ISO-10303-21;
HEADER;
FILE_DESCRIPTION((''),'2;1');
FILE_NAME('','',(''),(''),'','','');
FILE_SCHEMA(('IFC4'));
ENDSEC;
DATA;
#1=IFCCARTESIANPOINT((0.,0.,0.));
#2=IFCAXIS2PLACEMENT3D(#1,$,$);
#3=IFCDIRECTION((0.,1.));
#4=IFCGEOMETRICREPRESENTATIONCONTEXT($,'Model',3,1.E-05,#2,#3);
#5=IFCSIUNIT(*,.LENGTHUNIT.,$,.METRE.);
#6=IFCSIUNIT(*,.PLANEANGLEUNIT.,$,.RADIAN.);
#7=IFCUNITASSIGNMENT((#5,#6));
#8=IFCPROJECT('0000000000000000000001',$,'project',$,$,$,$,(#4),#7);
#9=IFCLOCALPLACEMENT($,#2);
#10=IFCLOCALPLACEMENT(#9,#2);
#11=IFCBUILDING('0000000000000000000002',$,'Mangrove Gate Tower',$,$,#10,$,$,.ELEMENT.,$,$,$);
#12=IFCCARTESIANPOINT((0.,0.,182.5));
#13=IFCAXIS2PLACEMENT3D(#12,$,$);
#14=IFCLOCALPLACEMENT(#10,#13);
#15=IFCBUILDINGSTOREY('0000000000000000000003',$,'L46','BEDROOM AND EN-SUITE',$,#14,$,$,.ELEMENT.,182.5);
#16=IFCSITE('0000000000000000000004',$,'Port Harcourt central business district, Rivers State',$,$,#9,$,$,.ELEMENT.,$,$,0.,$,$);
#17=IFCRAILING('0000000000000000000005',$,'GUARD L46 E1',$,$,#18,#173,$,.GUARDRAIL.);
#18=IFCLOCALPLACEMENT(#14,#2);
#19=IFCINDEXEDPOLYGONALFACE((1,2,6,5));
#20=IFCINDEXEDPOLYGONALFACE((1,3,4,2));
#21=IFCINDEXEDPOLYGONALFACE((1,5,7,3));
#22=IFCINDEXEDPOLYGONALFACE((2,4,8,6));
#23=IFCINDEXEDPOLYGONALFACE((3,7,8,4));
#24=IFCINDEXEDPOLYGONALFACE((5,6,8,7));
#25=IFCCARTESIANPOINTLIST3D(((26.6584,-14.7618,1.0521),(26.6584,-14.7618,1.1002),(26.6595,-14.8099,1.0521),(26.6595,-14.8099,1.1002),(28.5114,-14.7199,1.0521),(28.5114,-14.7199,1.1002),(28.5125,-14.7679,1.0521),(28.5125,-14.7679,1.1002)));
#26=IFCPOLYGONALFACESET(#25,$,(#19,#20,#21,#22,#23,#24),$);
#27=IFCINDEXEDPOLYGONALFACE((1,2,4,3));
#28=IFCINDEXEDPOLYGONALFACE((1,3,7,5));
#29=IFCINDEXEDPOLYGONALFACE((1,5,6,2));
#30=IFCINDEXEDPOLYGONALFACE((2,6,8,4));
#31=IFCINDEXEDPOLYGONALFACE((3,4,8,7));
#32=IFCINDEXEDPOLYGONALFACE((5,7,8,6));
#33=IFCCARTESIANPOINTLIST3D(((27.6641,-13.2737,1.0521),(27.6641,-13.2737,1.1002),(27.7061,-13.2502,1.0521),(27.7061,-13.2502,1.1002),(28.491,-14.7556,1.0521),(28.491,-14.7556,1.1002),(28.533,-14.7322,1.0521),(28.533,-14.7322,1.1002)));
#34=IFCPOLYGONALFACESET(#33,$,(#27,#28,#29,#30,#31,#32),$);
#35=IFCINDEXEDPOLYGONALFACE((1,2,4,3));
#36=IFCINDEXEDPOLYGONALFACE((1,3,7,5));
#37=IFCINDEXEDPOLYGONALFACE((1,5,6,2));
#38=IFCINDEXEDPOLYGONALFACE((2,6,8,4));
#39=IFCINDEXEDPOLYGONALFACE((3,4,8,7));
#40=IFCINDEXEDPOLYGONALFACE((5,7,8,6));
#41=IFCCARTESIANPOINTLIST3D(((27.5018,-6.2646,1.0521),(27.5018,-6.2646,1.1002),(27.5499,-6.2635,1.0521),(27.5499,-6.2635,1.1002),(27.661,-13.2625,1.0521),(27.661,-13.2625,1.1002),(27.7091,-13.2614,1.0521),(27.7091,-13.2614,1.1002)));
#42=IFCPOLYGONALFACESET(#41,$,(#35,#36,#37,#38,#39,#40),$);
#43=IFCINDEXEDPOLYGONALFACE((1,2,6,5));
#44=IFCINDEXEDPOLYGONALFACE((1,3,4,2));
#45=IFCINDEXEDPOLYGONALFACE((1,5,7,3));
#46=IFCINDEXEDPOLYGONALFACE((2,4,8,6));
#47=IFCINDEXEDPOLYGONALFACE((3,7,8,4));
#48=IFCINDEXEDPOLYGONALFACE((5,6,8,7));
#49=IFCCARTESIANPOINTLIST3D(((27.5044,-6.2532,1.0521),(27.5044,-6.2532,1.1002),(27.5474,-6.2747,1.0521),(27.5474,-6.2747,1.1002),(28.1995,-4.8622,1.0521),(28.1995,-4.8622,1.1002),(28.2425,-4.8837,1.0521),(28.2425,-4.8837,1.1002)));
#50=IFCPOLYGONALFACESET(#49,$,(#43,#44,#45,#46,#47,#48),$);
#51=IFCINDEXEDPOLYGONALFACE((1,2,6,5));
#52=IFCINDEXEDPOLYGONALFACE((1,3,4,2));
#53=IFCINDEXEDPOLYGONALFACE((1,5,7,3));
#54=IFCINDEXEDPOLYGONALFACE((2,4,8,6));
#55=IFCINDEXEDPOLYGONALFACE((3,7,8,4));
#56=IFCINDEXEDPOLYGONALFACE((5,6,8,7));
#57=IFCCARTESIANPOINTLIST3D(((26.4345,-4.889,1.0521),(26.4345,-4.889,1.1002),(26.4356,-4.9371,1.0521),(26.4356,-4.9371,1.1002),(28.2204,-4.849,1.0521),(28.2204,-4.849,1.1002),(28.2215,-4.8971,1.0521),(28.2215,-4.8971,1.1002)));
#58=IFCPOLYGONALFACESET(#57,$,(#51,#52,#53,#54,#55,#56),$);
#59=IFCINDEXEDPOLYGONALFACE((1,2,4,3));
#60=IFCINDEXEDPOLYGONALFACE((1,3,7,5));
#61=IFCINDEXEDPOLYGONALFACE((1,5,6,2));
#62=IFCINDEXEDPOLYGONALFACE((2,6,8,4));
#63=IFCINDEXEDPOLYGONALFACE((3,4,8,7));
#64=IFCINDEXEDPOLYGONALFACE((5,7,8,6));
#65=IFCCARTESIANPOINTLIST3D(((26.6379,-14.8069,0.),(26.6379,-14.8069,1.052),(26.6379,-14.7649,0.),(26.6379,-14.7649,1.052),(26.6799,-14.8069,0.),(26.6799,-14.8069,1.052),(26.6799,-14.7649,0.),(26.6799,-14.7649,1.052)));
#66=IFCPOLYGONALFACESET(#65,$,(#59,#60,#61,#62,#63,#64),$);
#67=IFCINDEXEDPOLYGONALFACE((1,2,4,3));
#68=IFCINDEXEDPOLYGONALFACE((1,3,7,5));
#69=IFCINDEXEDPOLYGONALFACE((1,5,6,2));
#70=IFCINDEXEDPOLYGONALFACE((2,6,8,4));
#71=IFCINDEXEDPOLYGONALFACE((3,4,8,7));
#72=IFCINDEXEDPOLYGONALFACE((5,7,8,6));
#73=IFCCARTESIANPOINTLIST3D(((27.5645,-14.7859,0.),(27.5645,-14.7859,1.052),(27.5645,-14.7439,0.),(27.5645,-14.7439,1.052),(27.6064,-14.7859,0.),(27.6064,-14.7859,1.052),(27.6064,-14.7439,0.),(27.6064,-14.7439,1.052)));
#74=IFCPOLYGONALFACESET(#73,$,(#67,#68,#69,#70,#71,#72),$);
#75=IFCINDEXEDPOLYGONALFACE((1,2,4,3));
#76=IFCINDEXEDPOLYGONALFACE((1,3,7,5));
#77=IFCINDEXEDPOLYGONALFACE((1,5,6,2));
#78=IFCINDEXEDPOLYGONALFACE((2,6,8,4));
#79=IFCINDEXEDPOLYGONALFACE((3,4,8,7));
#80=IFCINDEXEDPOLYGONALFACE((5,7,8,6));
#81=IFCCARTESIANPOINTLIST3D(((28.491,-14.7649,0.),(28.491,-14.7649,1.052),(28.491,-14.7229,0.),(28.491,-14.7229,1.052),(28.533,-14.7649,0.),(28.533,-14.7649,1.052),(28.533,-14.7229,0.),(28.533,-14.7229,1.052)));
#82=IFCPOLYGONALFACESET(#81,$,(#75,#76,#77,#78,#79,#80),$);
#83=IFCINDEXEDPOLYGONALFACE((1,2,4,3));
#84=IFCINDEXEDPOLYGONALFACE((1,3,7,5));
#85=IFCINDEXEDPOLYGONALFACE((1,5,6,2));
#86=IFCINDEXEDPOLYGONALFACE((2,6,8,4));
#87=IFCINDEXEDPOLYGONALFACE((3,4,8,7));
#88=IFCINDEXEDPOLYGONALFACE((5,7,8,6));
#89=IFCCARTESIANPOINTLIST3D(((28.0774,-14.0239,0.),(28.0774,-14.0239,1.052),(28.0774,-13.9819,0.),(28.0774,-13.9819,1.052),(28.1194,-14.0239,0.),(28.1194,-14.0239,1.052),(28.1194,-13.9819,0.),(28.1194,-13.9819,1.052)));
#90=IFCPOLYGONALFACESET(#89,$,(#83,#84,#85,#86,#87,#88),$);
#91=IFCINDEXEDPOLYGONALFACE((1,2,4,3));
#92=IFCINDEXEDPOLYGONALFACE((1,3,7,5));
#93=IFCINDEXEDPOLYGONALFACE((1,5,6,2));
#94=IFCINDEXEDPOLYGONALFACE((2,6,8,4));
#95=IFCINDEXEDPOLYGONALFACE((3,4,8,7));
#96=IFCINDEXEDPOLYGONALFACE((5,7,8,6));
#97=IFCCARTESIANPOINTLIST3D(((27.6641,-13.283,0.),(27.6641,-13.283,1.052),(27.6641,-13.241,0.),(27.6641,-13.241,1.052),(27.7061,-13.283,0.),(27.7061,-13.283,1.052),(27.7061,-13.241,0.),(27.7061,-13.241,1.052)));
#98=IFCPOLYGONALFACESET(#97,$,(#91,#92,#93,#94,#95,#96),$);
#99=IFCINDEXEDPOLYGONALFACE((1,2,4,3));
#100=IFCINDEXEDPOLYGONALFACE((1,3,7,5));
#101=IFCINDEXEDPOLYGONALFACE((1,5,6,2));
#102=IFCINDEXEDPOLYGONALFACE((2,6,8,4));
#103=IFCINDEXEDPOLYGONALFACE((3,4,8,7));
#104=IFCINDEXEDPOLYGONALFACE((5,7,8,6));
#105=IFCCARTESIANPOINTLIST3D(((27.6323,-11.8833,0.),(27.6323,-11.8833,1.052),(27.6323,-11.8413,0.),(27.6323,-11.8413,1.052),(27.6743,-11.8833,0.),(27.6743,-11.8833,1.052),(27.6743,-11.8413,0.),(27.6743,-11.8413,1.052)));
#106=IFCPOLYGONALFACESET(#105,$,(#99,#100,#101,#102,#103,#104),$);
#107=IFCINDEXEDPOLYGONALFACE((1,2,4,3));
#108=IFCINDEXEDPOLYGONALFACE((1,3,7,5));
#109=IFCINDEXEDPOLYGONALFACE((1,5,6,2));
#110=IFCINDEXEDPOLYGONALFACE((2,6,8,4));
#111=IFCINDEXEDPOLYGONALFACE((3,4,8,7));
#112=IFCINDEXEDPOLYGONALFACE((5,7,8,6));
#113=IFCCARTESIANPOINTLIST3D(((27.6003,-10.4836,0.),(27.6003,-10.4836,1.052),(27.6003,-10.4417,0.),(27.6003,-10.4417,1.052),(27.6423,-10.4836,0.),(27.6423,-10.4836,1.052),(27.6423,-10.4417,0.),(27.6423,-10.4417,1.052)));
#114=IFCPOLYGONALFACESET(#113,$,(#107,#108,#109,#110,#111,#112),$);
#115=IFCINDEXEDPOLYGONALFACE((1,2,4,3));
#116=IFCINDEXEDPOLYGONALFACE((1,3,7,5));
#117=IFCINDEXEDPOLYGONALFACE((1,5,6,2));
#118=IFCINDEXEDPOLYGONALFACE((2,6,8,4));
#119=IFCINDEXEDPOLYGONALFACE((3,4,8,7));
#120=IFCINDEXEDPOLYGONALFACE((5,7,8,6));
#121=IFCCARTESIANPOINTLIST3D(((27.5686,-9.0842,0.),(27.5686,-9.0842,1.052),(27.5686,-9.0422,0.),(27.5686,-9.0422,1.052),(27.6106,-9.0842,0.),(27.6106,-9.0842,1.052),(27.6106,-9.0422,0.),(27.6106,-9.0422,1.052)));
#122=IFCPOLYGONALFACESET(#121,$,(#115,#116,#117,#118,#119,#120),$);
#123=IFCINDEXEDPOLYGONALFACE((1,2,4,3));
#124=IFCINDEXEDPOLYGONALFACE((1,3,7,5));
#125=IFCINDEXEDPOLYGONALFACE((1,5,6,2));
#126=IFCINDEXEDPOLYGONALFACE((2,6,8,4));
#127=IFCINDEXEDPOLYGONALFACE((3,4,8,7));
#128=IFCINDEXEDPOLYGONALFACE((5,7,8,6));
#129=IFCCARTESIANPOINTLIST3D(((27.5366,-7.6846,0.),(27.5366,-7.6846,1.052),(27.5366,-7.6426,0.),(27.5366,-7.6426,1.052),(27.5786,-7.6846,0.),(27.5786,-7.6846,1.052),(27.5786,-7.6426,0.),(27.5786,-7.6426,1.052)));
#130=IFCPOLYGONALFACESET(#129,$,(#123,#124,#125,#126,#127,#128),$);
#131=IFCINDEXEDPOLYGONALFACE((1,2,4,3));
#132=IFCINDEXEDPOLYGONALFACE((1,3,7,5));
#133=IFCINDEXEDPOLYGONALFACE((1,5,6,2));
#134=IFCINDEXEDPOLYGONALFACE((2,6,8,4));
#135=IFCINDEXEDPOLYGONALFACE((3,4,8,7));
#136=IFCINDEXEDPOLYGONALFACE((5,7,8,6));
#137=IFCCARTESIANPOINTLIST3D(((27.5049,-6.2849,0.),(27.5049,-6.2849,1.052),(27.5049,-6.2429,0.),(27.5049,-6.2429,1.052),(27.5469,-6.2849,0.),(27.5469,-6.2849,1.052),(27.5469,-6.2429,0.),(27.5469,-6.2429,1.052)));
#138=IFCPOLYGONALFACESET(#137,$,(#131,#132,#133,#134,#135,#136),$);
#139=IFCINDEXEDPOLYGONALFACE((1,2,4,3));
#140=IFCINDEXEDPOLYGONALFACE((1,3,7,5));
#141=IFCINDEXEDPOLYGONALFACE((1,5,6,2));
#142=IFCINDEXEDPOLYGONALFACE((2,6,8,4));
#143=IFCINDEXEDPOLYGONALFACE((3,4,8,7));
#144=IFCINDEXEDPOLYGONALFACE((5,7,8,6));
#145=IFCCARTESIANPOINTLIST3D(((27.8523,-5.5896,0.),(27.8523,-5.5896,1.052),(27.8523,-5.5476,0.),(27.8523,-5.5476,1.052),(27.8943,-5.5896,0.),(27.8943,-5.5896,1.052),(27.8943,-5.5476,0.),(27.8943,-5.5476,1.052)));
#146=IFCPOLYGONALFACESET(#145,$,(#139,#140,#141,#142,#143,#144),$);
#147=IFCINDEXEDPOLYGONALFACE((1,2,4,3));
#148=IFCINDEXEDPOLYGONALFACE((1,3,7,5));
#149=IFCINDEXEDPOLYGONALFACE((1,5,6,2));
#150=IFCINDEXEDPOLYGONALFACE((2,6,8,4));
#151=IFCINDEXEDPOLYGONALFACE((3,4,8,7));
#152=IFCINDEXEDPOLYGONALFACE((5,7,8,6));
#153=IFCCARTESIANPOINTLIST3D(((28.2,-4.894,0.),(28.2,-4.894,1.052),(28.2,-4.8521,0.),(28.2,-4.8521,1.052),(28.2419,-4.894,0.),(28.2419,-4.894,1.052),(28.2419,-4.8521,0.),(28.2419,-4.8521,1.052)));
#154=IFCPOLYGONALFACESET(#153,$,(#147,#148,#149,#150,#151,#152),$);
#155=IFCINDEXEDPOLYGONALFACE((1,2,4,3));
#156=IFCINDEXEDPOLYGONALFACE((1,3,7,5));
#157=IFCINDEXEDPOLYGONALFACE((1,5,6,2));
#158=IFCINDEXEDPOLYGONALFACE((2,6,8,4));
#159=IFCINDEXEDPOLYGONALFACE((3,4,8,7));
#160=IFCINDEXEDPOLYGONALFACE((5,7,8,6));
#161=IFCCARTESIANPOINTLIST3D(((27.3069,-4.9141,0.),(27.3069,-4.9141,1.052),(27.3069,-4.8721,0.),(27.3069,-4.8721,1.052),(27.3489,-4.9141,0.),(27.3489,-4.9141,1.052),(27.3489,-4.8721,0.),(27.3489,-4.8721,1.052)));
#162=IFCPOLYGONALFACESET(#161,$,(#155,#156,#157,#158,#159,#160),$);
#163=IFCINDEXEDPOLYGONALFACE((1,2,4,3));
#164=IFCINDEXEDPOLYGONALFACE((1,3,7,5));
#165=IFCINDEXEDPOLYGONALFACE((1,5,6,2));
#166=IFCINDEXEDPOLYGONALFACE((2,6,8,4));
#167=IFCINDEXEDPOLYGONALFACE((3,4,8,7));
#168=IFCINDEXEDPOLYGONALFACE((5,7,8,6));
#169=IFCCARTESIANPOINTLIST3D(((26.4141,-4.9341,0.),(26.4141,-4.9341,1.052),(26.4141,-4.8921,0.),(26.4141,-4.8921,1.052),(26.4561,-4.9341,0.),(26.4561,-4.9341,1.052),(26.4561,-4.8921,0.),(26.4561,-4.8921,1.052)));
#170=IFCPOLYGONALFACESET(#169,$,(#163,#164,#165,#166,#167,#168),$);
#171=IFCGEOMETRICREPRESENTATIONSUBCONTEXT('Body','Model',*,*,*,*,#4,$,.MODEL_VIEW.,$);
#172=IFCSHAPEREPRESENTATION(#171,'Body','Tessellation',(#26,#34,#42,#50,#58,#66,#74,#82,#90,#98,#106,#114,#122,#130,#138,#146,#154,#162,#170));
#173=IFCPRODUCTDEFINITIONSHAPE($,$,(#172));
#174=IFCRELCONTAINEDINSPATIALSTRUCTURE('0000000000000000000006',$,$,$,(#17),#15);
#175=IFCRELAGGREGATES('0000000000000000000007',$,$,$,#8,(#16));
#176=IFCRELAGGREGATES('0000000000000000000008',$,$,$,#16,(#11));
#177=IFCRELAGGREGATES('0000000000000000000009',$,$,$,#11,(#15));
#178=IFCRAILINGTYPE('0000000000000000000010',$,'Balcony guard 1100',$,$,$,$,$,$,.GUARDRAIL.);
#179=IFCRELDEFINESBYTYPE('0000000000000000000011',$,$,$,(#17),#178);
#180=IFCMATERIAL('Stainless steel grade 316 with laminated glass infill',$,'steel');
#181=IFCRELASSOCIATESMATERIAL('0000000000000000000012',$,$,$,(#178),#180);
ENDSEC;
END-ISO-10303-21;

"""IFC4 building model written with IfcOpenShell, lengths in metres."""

from ifc_helpers import new_model, si_unit, direction, frame, origin, origin_2d, place, context, subcontext, project, spatial, rectangle, extrude, material, type_object, element, save


model = new_model("IFC4")

# Units and contexts
model_context = context("Model", 3, precision=1e-05, world=origin(), true_north=direction((0.0, 1.0)))
body_context = subcontext(model_context, "Body", "Model", "MODEL_VIEW")
ifc_project = project(units=[si_unit("LENGTHUNIT", "METRE"), si_unit("PLANEANGLEUNIT", "RADIAN")], contexts=[model_context])

# Site, building, storey
site_placement = place(None, origin())
site = spatial("IfcSite", under=ifc_project, at=site_placement, Name="Port Harcourt central business district, Rivers State", CompositionType="ELEMENT", RefElevation=0.0)
building_placement = place(site_placement, origin())
building = spatial("IfcBuilding", under=site, at=building_placement, Name="Mangrove Gate Tower", CompositionType="ELEMENT")
storey_placement = place(building_placement, frame((0.0, 0.0, 182.5)))
storey = spatial("IfcBuildingStorey", under=building, at=storey_placement, Name="L46", Description="BEDROOM AND EN-SUITE", CompositionType="ELEMENT", Elevation=182.5)

# Railing
ifc_material_1 = material(Name="Stainless steel grade 316 with laminated glass infill", Category="steel")
railing_type = type_object("IfcRailingType", Name="Balcony guard 1100", PredefinedType="GUARDRAIL", material=ifc_material_1)
railing_placement = place(storey_placement, frame((26.6589, -14.7859, 0.0)))
element("IfcRailing", 1, at=railing_placement, inside=storey, type_object=railing_type, Name="GUARD L46 E1", PredefinedType="GUARDRAIL", context=body_context, shape_type="SweptSolid", body=[
    extrude(rectangle(XDim=0.0481, YDim=0.0481, at=origin_2d()), frame((0.0, 0.0, 1.0762), z_axis=(0.999743, 0.022656, 0.0), x_axis=(-0.022656, 0.999743, 0.0)), (0.0, 0.0, 1.0), 1.8535),
    extrude(rectangle(XDim=0.0481, YDim=0.0481, at=origin_2d()), frame((1.853, 0.042, 1.0762), z_axis=(-0.487267, 0.873253, 0.0), x_axis=(-0.873253, -0.487267, 0.0)), (0.0, 0.0, 1.0), 1.697),
    extrude(rectangle(XDim=0.0481, YDim=0.0481, at=origin_2d()), frame((1.0261, 1.5239, 1.0762), z_axis=(-0.02274, 0.999741, 0.0), x_axis=(-0.999741, -0.02274, 0.0)), (0.0, 0.0, 1.0), 6.9998),
    extrude(rectangle(XDim=0.0481, YDim=0.0481, at=origin_2d()), frame((0.8669, 8.522, 1.0762), z_axis=(0.447025, 0.894521, 0.0), x_axis=(-0.894521, 0.447025, 0.0)), (0.0, 0.0, 1.0), 1.5549),
    extrude(rectangle(XDim=0.0481, YDim=0.0481, at=origin_2d()), frame((1.562, 9.9128, 1.0762), z_axis=(-0.999749, -0.022414, 0.0), x_axis=(0.022414, -0.999749, 0.0)), (0.0, 0.0, 1.0), 1.7864),
    extrude(rectangle(XDim=0.042, YDim=0.042, at=origin_2d()), origin(), (0.0, 0.0, 1.0), 1.052),
    extrude(rectangle(XDim=0.042, YDim=0.042, at=origin_2d()), frame((0.9265, 0.021, 0.0)), (0.0, 0.0, 1.0), 1.052),
    extrude(rectangle(XDim=0.042, YDim=0.042, at=origin_2d()), frame((1.853, 0.042, 0.0)), (0.0, 0.0, 1.0), 1.052),
    extrude(rectangle(XDim=0.042, YDim=0.042, at=origin_2d()), frame((1.4395, 0.783, 0.0)), (0.0, 0.0, 1.0), 1.052),
    extrude(rectangle(XDim=0.042, YDim=0.042, at=origin_2d()), frame((1.0261, 1.5239, 0.0)), (0.0, 0.0, 1.0), 1.052),
    extrude(rectangle(XDim=0.042, YDim=0.042, at=origin_2d()), frame((0.9944, 2.9236, 0.0)), (0.0, 0.0, 1.0), 1.052),
    extrude(rectangle(XDim=0.042, YDim=0.042, at=origin_2d()), frame((0.9624, 4.3232, 0.0)), (0.0, 0.0, 1.0), 1.052),
    extrude(rectangle(XDim=0.042, YDim=0.042, at=origin_2d()), frame((0.9307, 5.7227, 0.0)), (0.0, 0.0, 1.0), 1.052),
    extrude(rectangle(XDim=0.042, YDim=0.042, at=origin_2d()), frame((0.8987, 7.1223, 0.0)), (0.0, 0.0, 1.0), 1.052),
    extrude(rectangle(XDim=0.042, YDim=0.042, at=origin_2d()), frame((0.8669, 8.522, 0.0)), (0.0, 0.0, 1.0), 1.052),
    extrude(rectangle(XDim=0.042, YDim=0.042, at=origin_2d()), frame((1.2144, 9.2173, 0.0)), (0.0, 0.0, 1.0), 1.052),
    extrude(rectangle(XDim=0.042, YDim=0.042, at=origin_2d()), frame((1.562, 9.9128, 0.0)), (0.0, 0.0, 1.0), 1.052),
    extrude(rectangle(XDim=0.042, YDim=0.042, at=origin_2d()), frame((0.6689, 9.8928, 0.0)), (0.0, 0.0, 1.0), 1.052),
    extrude(rectangle(XDim=0.042, YDim=0.042, at=origin_2d()), frame((-0.2239, 9.8728, 0.0)), (0.0, 0.0, 1.0), 1.052),
])

save(model, "model.ifc")
